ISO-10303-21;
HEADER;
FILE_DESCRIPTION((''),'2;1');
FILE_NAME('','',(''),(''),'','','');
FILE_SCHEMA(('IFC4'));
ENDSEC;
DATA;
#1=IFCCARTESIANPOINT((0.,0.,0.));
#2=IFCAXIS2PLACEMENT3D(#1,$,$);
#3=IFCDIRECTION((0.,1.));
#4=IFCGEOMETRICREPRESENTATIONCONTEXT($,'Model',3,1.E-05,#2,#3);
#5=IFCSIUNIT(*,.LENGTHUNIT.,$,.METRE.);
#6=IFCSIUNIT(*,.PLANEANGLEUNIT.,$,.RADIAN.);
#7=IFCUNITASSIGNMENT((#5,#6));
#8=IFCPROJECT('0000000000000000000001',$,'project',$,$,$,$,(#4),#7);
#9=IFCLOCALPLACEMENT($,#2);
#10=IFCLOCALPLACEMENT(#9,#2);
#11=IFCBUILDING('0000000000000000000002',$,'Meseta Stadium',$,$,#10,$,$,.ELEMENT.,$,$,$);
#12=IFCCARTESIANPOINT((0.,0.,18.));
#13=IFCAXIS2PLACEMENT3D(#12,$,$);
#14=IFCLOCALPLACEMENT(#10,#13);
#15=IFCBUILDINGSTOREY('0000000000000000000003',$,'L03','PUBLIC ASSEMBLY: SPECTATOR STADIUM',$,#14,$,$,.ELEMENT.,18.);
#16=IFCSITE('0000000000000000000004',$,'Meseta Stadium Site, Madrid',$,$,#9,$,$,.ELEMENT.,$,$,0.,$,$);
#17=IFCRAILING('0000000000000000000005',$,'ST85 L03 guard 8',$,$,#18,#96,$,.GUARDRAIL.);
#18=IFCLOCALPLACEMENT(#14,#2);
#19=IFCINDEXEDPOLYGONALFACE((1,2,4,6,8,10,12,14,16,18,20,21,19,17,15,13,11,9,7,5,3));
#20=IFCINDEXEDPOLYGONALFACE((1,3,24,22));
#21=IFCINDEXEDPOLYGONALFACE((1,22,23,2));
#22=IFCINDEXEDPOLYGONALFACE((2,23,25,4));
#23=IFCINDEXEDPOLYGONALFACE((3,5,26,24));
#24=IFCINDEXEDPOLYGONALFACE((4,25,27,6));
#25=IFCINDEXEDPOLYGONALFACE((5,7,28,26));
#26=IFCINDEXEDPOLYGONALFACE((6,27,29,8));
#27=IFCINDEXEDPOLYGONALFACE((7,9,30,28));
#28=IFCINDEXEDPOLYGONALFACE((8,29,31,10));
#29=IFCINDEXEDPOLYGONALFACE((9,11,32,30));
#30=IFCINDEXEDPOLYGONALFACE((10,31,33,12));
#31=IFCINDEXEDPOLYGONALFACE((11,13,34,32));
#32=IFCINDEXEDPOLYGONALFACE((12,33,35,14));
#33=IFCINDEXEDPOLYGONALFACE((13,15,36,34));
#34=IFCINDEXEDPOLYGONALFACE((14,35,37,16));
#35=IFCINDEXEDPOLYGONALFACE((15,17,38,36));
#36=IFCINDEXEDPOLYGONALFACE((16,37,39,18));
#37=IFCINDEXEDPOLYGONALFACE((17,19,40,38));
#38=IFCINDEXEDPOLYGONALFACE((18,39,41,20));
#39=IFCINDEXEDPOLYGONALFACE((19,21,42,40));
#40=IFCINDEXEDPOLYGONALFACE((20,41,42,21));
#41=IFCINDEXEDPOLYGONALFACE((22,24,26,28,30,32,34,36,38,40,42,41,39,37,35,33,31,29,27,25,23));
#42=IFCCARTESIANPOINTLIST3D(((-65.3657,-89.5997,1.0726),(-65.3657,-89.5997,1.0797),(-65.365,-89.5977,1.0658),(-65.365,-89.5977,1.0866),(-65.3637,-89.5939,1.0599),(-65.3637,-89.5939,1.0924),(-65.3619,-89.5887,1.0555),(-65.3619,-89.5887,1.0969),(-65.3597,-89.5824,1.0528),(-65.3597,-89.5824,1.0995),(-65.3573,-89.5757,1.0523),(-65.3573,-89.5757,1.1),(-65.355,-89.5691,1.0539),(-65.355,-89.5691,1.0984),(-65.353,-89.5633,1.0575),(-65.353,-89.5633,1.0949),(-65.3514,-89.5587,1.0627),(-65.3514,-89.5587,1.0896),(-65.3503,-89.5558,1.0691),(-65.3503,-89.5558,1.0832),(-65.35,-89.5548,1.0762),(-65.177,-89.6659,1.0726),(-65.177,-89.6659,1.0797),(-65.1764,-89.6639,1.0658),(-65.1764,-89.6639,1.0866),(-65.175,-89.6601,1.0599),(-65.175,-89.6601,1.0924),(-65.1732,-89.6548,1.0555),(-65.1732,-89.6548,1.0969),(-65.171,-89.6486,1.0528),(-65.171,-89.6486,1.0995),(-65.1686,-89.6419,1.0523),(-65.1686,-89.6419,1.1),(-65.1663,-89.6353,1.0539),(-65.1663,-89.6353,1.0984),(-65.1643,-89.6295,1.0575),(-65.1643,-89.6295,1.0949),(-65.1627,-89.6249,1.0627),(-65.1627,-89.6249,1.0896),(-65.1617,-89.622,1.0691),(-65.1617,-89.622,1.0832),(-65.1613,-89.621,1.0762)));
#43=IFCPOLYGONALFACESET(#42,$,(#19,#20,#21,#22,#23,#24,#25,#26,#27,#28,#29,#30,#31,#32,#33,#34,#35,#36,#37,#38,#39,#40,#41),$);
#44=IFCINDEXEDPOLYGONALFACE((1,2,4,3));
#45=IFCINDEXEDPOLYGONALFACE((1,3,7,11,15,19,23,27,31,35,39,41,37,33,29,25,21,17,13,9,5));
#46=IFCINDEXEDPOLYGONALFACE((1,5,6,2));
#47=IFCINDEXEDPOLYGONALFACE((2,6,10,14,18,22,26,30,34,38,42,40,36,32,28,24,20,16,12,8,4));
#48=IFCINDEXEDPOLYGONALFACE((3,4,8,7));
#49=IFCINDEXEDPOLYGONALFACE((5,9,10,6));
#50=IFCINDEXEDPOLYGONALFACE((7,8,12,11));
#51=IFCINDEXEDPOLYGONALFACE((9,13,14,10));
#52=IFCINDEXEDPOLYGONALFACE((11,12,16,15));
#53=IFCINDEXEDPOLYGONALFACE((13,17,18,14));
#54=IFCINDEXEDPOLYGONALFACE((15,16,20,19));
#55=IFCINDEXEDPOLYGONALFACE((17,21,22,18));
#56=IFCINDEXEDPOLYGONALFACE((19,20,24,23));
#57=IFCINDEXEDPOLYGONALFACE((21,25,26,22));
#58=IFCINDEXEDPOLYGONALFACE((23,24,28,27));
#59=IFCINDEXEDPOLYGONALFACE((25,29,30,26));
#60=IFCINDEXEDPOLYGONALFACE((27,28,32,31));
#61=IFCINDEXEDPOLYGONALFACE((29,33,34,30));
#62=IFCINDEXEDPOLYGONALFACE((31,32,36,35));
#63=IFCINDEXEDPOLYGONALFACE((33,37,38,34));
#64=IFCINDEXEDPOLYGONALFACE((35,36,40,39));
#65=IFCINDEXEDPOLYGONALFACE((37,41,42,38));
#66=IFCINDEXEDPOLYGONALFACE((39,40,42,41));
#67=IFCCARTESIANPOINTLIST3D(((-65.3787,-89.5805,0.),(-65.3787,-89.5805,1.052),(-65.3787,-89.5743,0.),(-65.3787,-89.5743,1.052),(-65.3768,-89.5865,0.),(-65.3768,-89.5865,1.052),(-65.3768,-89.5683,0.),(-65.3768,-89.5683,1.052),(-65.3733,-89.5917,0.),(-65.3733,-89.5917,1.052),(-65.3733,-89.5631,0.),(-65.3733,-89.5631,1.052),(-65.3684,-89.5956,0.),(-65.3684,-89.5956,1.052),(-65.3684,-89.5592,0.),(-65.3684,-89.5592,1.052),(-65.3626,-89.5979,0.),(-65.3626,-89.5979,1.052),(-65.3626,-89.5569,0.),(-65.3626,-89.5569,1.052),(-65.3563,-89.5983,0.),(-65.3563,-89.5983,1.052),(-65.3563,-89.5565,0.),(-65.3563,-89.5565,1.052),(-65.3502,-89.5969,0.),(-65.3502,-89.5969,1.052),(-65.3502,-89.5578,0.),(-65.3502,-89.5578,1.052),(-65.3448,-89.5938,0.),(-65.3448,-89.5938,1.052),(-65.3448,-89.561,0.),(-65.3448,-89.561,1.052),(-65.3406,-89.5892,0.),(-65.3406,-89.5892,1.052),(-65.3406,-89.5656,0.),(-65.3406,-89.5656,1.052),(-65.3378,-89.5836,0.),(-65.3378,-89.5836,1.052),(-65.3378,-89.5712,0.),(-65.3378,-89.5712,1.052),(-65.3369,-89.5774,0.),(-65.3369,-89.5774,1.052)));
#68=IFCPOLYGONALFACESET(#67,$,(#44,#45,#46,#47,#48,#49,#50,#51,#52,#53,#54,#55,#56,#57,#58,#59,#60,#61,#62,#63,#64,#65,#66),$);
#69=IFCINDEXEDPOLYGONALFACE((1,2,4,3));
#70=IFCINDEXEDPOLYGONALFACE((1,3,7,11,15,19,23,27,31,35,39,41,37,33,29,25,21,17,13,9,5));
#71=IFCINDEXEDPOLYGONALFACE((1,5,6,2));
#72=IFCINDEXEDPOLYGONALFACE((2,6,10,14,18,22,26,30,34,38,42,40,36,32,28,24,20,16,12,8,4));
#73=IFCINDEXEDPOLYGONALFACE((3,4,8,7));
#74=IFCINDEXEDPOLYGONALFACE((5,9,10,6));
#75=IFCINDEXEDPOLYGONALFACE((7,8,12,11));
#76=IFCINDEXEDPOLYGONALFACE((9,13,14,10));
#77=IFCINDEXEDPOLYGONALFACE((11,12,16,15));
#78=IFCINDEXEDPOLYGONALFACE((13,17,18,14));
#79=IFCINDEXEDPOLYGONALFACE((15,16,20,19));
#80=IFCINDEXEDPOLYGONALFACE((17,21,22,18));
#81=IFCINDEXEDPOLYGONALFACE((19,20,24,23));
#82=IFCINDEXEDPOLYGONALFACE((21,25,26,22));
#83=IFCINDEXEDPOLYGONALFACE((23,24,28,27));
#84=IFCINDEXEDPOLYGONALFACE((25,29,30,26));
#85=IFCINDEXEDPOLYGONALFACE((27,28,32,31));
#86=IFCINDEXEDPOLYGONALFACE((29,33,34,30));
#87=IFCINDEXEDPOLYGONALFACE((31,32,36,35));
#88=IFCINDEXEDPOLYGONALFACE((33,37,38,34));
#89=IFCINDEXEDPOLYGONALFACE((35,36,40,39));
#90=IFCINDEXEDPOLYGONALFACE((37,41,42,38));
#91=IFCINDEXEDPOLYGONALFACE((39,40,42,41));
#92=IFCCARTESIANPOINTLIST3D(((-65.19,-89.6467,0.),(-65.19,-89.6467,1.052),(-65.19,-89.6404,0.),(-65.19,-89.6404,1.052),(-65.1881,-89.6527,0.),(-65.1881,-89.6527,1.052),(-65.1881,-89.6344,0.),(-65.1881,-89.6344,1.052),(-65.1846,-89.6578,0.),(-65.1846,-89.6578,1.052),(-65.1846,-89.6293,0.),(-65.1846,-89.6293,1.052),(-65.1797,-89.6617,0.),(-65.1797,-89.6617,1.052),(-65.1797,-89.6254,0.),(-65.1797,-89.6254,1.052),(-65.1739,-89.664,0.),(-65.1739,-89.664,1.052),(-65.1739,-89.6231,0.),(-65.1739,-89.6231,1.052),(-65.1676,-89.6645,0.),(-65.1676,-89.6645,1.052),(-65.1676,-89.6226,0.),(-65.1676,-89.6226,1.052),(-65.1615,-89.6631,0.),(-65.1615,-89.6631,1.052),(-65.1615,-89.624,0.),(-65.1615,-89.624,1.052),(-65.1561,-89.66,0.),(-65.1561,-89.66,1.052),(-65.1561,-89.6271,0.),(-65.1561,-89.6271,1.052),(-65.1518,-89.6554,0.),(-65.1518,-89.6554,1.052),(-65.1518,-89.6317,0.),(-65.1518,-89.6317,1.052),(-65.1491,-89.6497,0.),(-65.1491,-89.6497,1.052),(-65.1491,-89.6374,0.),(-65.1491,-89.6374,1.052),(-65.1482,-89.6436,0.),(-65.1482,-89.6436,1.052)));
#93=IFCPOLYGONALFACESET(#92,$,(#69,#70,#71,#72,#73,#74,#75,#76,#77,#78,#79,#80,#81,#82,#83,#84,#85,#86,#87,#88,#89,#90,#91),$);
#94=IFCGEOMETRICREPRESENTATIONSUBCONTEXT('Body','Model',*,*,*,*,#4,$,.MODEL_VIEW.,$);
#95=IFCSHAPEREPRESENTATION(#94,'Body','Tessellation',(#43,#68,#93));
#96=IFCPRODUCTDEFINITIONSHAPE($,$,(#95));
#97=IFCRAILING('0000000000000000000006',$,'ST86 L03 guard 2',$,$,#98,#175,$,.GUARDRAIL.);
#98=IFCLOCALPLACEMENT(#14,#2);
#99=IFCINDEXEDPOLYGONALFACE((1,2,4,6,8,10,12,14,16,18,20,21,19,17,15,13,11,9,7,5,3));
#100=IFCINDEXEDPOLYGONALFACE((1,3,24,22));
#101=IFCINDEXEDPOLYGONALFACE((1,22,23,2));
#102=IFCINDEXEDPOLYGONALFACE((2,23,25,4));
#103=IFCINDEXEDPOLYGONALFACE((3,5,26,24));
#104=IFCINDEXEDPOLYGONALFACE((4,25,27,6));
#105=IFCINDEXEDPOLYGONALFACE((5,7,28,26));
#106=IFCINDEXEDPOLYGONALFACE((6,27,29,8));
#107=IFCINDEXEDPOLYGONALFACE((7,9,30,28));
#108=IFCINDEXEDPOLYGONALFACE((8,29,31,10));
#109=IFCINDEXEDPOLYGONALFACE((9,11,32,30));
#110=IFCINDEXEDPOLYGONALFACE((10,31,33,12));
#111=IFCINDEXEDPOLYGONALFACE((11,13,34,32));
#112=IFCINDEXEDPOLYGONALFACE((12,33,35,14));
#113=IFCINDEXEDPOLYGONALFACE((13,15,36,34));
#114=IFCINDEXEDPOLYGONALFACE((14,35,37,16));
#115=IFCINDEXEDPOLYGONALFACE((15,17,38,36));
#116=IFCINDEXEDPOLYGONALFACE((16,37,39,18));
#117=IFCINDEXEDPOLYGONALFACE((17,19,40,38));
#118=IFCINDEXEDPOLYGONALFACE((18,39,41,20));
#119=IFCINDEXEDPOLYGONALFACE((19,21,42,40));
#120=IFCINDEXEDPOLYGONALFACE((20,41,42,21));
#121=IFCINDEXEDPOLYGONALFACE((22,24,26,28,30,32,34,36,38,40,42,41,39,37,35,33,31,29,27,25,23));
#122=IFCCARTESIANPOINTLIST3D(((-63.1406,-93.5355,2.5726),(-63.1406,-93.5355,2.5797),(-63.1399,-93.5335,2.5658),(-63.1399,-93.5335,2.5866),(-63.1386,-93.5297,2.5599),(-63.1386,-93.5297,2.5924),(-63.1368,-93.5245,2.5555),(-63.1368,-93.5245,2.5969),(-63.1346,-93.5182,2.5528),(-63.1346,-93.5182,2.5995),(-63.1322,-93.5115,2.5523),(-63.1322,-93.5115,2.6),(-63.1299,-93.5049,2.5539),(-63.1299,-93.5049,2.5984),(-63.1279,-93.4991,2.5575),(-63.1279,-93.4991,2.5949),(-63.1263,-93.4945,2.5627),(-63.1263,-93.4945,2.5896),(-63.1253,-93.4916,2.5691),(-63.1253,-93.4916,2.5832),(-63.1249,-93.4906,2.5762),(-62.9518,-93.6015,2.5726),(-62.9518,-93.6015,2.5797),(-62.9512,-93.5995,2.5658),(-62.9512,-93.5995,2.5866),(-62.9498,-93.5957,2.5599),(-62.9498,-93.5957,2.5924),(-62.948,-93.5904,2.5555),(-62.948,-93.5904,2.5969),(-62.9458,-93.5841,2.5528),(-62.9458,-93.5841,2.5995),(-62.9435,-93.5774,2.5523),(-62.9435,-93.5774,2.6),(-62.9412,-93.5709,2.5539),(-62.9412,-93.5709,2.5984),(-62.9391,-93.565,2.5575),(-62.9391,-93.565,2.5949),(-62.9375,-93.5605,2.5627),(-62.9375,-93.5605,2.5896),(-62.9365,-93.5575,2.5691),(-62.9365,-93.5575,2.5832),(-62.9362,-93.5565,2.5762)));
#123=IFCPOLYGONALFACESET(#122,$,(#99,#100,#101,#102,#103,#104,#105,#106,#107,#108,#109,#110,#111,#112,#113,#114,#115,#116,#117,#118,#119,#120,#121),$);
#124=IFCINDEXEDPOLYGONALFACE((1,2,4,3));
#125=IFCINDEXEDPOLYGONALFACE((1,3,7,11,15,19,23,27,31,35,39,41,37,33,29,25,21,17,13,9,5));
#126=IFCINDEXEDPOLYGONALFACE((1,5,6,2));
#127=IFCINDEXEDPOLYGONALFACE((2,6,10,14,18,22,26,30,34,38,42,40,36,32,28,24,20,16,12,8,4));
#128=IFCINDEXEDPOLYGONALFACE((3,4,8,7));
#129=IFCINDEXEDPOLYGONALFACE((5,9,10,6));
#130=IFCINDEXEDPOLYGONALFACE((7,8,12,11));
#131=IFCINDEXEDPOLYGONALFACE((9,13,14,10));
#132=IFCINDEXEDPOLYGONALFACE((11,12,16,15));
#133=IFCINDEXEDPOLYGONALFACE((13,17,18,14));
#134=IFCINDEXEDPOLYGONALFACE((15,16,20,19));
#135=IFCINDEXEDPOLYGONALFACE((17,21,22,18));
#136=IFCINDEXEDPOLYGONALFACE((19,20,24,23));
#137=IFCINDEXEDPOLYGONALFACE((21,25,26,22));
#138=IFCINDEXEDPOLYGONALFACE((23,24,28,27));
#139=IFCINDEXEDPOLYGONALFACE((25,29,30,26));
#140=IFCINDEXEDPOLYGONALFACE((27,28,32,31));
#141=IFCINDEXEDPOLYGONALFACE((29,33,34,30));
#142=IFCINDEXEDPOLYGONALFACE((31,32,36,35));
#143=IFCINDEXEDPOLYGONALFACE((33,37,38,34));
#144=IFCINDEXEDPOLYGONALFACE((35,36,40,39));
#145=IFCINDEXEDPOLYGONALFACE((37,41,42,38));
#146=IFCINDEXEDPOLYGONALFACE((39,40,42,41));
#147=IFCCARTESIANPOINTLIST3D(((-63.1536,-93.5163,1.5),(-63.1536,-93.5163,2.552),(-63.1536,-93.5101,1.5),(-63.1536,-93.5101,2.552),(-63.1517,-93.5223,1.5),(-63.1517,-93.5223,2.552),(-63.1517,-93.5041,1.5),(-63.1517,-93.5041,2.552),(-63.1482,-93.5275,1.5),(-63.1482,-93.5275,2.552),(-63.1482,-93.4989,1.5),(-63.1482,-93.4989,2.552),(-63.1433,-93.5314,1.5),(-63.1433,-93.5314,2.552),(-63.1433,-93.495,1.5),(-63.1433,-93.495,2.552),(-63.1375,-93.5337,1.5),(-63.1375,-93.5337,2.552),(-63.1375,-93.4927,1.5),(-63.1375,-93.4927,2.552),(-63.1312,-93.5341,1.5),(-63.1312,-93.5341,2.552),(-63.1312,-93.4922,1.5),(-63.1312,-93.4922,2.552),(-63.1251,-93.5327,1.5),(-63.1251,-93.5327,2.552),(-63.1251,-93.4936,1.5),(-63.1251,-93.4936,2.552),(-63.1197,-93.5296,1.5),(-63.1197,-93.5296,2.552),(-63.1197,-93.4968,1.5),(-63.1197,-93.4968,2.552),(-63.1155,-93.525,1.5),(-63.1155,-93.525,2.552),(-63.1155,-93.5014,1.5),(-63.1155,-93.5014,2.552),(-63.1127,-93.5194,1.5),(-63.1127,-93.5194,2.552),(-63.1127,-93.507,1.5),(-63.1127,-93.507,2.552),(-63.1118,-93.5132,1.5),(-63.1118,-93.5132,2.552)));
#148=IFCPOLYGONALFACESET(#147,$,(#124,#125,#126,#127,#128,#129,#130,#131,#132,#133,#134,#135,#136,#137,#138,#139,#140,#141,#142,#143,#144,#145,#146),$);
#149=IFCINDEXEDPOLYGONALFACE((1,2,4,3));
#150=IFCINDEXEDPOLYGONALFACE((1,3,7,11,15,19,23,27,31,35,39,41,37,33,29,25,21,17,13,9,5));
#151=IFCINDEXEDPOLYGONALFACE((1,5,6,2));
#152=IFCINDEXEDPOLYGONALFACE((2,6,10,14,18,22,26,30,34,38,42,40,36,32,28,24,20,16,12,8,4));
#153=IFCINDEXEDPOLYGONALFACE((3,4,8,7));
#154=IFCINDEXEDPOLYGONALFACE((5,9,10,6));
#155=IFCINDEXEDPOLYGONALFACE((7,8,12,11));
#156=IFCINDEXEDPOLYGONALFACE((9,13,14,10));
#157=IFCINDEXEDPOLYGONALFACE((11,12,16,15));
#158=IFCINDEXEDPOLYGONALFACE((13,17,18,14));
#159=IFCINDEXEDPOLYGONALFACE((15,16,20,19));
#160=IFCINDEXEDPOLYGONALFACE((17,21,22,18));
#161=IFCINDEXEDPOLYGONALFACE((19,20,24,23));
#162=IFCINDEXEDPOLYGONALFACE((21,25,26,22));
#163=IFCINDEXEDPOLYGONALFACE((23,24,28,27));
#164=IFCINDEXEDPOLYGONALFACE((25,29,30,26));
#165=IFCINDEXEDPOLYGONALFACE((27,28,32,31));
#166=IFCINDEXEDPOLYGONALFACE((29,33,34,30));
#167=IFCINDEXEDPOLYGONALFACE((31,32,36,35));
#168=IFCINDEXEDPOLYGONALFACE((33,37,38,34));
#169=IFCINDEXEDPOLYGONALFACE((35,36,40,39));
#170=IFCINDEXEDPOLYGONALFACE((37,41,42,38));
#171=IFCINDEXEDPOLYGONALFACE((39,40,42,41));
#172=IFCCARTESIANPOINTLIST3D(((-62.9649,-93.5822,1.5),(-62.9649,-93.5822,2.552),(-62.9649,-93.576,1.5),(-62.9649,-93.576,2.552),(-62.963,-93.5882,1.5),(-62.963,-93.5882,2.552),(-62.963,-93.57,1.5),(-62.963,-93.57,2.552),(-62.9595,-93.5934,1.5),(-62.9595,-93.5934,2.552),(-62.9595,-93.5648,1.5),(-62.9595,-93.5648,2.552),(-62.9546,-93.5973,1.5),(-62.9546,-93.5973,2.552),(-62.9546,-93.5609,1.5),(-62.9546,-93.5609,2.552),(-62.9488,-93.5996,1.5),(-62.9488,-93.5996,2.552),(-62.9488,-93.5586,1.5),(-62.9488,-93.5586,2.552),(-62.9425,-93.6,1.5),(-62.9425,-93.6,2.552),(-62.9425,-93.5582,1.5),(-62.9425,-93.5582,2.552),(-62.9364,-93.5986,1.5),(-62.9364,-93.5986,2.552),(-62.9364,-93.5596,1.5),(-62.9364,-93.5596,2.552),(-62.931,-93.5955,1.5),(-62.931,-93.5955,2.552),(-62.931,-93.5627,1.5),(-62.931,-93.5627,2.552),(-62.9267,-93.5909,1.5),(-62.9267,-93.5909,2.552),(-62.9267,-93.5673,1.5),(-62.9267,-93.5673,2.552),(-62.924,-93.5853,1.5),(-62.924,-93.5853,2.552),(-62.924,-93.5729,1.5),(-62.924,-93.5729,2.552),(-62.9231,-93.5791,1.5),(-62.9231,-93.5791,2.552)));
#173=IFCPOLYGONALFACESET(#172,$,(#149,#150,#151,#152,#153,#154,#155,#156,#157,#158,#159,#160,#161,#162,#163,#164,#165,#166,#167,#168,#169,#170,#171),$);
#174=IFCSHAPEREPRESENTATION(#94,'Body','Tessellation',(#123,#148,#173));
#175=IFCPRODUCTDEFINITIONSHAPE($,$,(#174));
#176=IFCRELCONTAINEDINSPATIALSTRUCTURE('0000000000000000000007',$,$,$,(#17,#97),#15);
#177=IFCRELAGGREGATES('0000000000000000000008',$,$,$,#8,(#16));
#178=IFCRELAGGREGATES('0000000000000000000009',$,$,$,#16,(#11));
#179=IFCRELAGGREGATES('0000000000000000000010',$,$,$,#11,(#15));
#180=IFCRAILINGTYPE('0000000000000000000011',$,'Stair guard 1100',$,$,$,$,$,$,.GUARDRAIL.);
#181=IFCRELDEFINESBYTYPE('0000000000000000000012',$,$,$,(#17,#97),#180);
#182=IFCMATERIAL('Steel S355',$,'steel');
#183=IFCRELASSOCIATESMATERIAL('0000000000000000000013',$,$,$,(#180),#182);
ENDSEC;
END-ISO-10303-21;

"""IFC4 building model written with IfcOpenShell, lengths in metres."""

from ifc_helpers import new_model, si_unit, direction, frame, origin, origin_2d, place, context, subcontext, project, spatial, circle, extrude, material, type_object, element, save


model = new_model("IFC4")

# Units and contexts
model_context = context("Model", 3, precision=1e-05, world=origin(), true_north=direction((0.0, 1.0)))
body_context = subcontext(model_context, "Body", "Model", "MODEL_VIEW")
ifc_project = project(units=[si_unit("LENGTHUNIT", "METRE"), si_unit("PLANEANGLEUNIT", "RADIAN")], contexts=[model_context])

# Site, building, storey
site_placement = place(None, origin())
site = spatial("IfcSite", under=ifc_project, at=site_placement, Name="Meseta Stadium Site, Madrid", CompositionType="ELEMENT", RefElevation=0.0)
building_placement = place(site_placement, origin())
building = spatial("IfcBuilding", under=site, at=building_placement, Name="Meseta Stadium", CompositionType="ELEMENT")
storey_placement = place(building_placement, frame((0.0, 0.0, 18.0)))
storey = spatial("IfcBuildingStorey", under=building, at=storey_placement, Name="L03", Description="PUBLIC ASSEMBLY: SPECTATOR STADIUM", CompositionType="ELEMENT", Elevation=18.0)

# Railings
ifc_material_1 = material(Name="Steel S355", Category="steel")
railing_type_1 = type_object("IfcRailingType", Name="Stair guard 1100", PredefinedType="GUARDRAIL", material=ifc_material_1)
railing_1_placement = place(storey_placement, frame((-65.3579, -89.5774, 0.0)))
element("IfcRailing", 1, at=railing_1_placement, inside=storey, type_object=railing_type_1, Name="ST85 L03 guard 8", PredefinedType="GUARDRAIL", context=body_context, shape_type="SweptSolid", body=[
    extrude(circle(Radius=0.0239, at=origin_2d()), frame((0.0, 0.0, 1.0762), z_axis=(0.943687, -0.33084, 0.0), x_axis=(0.33084, 0.943687, 0.0)), (0.0, 0.0, 1.0), 0.2),
    extrude(circle(Radius=0.021, at=origin_2d()), origin(), (0.0, 0.0, 1.0), 1.052),
    extrude(circle(Radius=0.021, at=origin_2d()), frame((0.1887, -0.0662, 0.0)), (0.0, 0.0, 1.0), 1.052),
])
for number, where, name in (
    (2, (-63.1328, -93.5132, 1.5), "ST86 L03 guard 2"),
):
    element("IfcRailing", number, at=place(storey_placement, frame(where)), inside=storey, type_object=railing_type_1, Name=name, PredefinedType="GUARDRAIL", context=body_context, shape_type="SweptSolid", body=[
        extrude(circle(Radius=0.0239, at=origin_2d()), frame((0.0, 0.0, 1.0762), z_axis=(0.944068, -0.329752, 0.0), x_axis=(0.329752, 0.944068, 0.0)), (0.0, 0.0, 1.0), 0.2),
        extrude(circle(Radius=0.021, at=origin_2d()), origin(), (0.0, 0.0, 1.0), 1.052),
        extrude(circle(Radius=0.021, at=origin_2d()), frame((0.1887, -0.0659, 0.0)), (0.0, 0.0, 1.0), 1.052),
    ])

save(model, "model.ifc")
